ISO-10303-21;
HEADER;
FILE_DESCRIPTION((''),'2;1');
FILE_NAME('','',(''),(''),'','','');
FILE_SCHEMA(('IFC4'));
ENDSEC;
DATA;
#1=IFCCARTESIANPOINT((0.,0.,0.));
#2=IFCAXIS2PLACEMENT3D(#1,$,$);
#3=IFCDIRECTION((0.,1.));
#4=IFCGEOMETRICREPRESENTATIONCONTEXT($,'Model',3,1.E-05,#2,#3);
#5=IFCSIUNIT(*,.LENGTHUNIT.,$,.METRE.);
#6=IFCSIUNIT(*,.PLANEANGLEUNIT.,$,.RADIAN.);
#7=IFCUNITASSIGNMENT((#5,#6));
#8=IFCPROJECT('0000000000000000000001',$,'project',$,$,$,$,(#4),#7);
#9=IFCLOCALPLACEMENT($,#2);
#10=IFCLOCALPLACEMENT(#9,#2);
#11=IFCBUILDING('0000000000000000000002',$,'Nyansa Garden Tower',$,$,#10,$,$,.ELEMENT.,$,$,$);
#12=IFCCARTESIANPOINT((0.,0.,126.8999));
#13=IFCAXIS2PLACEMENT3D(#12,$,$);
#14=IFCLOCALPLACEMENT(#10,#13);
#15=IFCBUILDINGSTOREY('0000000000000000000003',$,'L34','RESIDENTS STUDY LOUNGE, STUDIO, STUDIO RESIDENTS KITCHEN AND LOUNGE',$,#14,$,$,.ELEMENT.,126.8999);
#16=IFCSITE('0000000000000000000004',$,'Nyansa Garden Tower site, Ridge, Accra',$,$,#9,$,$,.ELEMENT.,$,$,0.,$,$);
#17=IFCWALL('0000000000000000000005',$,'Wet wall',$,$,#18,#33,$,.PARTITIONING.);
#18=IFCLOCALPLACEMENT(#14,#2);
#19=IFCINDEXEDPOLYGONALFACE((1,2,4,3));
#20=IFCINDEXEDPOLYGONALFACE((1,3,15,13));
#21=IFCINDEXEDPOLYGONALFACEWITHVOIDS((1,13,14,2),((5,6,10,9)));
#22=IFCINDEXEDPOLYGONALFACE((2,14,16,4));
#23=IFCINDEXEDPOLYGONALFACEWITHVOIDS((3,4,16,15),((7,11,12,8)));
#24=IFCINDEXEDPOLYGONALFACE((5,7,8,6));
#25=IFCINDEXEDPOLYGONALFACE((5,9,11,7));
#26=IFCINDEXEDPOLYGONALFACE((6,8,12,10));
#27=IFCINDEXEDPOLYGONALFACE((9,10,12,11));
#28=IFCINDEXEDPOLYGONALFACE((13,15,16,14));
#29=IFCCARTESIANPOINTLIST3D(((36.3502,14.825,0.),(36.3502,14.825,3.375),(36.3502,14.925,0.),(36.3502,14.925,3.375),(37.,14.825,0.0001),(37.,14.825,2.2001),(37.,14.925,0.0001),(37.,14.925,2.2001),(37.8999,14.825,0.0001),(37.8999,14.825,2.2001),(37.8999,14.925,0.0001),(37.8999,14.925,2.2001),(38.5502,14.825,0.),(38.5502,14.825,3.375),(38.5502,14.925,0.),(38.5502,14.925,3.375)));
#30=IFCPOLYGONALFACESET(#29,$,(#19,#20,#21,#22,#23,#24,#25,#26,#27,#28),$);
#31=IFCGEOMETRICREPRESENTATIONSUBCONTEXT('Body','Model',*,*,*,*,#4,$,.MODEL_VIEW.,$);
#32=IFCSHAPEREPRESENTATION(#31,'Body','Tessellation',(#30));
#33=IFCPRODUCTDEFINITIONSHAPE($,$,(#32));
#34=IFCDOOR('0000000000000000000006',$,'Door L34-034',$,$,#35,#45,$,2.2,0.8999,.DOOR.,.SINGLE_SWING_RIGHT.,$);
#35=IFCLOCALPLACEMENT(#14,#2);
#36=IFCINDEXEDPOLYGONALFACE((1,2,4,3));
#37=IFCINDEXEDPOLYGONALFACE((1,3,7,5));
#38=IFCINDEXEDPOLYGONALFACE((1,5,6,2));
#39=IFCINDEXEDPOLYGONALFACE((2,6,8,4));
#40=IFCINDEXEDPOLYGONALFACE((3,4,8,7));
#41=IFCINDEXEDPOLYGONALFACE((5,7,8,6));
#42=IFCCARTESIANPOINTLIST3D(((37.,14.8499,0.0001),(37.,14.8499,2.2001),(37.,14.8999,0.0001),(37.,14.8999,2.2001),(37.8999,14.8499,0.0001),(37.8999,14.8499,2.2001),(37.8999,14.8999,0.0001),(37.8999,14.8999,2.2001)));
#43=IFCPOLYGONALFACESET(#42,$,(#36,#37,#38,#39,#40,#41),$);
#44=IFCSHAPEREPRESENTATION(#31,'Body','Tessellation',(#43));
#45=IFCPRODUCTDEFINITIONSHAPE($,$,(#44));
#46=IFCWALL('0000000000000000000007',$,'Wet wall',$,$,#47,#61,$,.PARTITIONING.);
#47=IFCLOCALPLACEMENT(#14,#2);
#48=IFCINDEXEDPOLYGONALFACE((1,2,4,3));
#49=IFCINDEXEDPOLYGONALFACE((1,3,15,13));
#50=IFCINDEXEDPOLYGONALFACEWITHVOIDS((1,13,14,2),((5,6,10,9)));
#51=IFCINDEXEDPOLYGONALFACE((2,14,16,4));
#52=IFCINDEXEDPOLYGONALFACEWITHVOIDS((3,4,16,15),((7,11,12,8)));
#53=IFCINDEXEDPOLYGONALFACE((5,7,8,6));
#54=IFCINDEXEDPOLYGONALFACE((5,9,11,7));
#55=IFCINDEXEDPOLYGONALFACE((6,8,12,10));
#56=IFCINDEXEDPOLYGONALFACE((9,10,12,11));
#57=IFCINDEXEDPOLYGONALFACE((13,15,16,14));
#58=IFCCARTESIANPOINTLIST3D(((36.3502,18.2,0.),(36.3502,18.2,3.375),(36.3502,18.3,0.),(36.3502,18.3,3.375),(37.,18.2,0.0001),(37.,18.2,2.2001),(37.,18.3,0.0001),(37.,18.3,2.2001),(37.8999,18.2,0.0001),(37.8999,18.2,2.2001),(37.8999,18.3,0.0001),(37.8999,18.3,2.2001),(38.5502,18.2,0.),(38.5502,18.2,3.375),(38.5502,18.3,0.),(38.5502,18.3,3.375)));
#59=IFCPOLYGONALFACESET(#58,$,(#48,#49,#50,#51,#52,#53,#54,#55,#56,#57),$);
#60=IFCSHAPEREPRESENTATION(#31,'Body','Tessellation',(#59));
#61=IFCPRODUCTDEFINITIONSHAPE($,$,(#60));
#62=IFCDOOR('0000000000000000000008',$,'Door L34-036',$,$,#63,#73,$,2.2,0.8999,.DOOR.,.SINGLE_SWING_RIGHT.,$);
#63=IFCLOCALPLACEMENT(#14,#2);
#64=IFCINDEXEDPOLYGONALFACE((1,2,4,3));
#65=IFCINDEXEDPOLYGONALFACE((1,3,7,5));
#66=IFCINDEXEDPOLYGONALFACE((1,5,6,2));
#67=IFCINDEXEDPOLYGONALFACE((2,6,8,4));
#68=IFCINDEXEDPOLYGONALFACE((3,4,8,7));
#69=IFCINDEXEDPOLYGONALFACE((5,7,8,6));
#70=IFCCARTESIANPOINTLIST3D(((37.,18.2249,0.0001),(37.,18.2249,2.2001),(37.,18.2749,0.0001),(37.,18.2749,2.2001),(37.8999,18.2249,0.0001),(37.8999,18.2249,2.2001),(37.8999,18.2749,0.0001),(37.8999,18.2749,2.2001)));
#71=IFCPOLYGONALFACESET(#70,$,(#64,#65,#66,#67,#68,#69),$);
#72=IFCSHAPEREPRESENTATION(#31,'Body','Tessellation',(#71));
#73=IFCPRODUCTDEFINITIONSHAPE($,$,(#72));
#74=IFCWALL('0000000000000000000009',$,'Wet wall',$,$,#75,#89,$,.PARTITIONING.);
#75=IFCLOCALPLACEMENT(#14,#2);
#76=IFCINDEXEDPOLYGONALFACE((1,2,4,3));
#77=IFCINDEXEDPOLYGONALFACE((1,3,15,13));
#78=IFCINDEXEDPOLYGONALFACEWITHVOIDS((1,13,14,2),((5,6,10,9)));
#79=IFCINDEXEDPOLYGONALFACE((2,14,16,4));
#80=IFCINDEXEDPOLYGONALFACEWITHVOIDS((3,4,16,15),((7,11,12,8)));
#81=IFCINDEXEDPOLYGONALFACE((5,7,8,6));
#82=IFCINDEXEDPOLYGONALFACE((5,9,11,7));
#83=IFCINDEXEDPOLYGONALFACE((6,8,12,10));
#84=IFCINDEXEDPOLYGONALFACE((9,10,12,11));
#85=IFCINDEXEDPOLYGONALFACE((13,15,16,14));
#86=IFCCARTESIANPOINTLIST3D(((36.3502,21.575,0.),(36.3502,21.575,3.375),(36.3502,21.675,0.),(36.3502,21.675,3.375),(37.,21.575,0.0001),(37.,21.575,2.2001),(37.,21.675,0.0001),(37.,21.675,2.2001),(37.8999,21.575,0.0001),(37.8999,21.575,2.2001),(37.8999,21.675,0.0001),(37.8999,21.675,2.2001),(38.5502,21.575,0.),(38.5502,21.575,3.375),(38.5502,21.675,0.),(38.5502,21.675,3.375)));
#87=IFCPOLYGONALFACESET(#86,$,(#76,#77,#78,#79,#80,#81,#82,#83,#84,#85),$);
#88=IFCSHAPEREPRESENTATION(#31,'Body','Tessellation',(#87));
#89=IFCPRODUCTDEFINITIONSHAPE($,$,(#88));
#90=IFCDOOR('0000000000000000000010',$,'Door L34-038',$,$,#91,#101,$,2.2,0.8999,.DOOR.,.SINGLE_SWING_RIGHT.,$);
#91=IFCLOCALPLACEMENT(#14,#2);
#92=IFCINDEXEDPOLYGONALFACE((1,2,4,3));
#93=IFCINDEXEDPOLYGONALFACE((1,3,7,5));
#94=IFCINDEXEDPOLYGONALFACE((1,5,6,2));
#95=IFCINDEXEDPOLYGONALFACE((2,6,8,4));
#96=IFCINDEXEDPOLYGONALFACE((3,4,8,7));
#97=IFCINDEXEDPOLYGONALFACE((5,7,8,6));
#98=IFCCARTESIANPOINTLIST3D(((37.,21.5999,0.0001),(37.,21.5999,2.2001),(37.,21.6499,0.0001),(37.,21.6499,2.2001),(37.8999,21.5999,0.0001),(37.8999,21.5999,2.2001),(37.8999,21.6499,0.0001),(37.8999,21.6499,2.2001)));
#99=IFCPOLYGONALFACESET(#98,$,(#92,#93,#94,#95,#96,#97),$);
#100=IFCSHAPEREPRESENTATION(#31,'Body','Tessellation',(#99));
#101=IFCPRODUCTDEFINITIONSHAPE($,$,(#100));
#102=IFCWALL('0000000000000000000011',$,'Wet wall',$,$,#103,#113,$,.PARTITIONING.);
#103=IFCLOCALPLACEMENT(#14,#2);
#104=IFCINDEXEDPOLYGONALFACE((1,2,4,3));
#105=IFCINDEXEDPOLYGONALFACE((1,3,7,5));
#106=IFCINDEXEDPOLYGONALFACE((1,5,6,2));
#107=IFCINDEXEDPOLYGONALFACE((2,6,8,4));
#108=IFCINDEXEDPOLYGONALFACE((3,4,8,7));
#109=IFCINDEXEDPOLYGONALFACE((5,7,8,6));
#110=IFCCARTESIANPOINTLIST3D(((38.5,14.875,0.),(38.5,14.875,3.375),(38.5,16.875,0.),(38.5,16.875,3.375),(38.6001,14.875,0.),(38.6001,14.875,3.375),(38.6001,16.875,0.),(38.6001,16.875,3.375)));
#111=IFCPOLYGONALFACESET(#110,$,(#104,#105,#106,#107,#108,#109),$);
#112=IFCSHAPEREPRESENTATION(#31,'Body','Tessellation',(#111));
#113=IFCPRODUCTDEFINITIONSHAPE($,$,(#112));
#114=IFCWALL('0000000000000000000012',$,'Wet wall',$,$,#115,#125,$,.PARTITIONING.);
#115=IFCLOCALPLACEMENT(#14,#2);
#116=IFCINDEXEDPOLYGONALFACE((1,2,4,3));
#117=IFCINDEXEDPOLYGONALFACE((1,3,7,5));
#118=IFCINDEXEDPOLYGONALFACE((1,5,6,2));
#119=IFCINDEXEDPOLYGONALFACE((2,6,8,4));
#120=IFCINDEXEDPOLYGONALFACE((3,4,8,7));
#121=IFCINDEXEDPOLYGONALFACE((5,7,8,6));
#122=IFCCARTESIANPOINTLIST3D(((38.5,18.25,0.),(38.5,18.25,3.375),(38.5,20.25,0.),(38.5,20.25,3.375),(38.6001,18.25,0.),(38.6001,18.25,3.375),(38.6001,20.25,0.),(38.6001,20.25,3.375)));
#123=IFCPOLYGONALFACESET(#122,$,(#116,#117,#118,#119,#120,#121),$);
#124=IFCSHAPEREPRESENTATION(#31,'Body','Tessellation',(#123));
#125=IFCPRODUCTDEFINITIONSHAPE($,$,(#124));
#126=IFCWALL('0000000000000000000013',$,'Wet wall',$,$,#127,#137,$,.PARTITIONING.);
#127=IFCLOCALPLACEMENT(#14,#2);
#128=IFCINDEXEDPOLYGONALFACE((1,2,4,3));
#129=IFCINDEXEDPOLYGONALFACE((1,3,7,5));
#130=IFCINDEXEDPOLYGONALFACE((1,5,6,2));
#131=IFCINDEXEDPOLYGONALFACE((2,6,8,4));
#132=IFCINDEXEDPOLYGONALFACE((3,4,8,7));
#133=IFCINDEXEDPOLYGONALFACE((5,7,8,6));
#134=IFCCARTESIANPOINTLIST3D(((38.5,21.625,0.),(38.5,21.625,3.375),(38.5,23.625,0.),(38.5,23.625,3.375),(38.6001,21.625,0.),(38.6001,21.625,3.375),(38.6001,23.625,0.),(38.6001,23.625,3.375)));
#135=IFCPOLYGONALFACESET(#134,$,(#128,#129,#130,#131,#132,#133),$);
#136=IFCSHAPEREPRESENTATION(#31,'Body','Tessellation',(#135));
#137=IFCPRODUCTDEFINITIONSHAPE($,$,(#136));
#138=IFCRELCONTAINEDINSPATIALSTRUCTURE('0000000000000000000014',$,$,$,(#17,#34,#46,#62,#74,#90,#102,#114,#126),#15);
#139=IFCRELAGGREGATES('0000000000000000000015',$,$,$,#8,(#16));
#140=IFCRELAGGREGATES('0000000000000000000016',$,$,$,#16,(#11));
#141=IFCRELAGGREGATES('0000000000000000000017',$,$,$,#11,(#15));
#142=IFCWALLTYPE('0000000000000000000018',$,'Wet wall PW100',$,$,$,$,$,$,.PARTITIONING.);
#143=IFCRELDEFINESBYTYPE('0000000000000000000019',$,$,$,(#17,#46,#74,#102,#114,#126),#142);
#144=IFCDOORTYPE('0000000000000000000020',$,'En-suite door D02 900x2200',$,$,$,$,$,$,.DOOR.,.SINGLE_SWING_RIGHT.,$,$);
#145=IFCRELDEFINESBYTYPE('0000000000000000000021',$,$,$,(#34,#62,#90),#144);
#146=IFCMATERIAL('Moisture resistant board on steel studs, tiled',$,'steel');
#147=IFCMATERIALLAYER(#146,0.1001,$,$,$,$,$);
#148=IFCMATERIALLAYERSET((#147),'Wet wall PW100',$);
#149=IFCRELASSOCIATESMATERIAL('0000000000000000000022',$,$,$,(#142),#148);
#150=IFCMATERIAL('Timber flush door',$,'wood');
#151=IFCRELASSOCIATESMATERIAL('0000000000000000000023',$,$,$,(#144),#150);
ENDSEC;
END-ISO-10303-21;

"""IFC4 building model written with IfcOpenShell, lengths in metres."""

from ifc_helpers import new_model, si_unit, direction, frame, frame_2d, origin, place, context, subcontext, project, spatial, rectangle, extrude, material, layer, layer_set, type_object, element, fill, save


model = new_model("IFC4")

# Units and contexts
model_context = context("Model", 3, precision=1e-05, world=origin(), true_north=direction((0.0, 1.0)))
body_context = subcontext(model_context, "Body", "Model", "MODEL_VIEW")
ifc_project = project(units=[si_unit("LENGTHUNIT", "METRE"), si_unit("PLANEANGLEUNIT", "RADIAN")], contexts=[model_context])

# Site, building, storey
site_placement = place(None, origin())
site = spatial("IfcSite", under=ifc_project, at=site_placement, Name="Nyansa Garden Tower site, Ridge, Accra", CompositionType="ELEMENT", RefElevation=0.0)
building_placement = place(site_placement, origin())
building = spatial("IfcBuilding", under=site, at=building_placement, Name="Nyansa Garden Tower", CompositionType="ELEMENT")
storey_placement = place(building_placement, frame((0.0, 0.0, 126.8999)))
storey = spatial("IfcBuildingStorey", under=building, at=storey_placement, Name="L34", Description="RESIDENTS STUDY LOUNGE, STUDIO, STUDIO RESIDENTS KITCHEN AND LOUNGE", CompositionType="ELEMENT", Elevation=126.8999)

# Walls, openings, doors
ifc_material_1 = material(Name="Moisture resistant board on steel studs, tiled", Category="steel")
ifc_layer_1 = layer(ifc_material_1, 0.1001)
ifc_layer_set_1 = layer_set([ifc_layer_1], Name="Wet wall PW100")
wall_type_1 = type_object("IfcWallType", Name="Wet wall PW100", PredefinedType="PARTITIONING", material=ifc_layer_set_1)
wall_1_placement = place(storey_placement, frame((36.3501, 14.875, 0.0), z_axis=(0.0, 0.0, 1.0), x_axis=(1.0, 0.0, 0.0)))
wall_1 = element("IfcWall", 1, at=wall_1_placement, inside=storey, type_object=wall_type_1, Name="Wet wall", PredefinedType="PARTITIONING", context=body_context, shape_type="SweptSolid", body=[
    extrude(rectangle(XDim=2.2, YDim=0.1001, at=frame_2d((1.1001, 0.0))), origin(), (0.0, 0.0, 1.0), 3.375),
])
opening_1_placement = place(wall_1_placement, frame((0.6499, 0.0, 0.0)))
opening_1 = element("IfcOpeningElement", 2, at=opening_1_placement, cuts=wall_1, PredefinedType="OPENING", context=body_context, shape_type="SweptSolid", body=[
    extrude(rectangle(XDim=0.8999, YDim=2.2, at=frame_2d((0.45, 1.1001))), frame((0.0, 0.0601, 0.0), z_axis=(0.0, -1.0, 0.0), x_axis=(1.0, 0.0, 0.0)), (0.0, 0.0, 1.0), 0.1201),
])
ifc_material_2 = material(Name="Timber flush door", Category="wood")
door_type = type_object("IfcDoorType", Name="En-suite door D02 900x2200", OperationType="SINGLE_SWING_RIGHT", PredefinedType="DOOR", material=ifc_material_2)
door_1_placement = place(opening_1_placement, origin())
door_1 = element("IfcDoor", 3, at=door_1_placement, inside=storey, type_object=door_type, Name="Door L34-034", OperationType="SINGLE_SWING_RIGHT", OverallHeight=2.2, OverallWidth=0.8999, PredefinedType="DOOR", context=body_context, shape_type="SweptSolid", body=[
    extrude(rectangle(XDim=0.8999, YDim=2.2, at=frame_2d((0.45, 1.1001))), frame((0.0, 0.0249, 0.0), z_axis=(0.0, -1.0, 0.0), x_axis=(1.0, 0.0, 0.0)), (0.0, 0.0, 1.0), 0.05),
])
fill(opening_1, door_1)
wall_2_placement = place(storey_placement, frame((36.3501, 18.25, 0.0), z_axis=(0.0, 0.0, 1.0), x_axis=(1.0, 0.0, 0.0)))
wall_2 = element("IfcWall", 4, at=wall_2_placement, inside=storey, type_object=wall_type_1, Name="Wet wall", PredefinedType="PARTITIONING", context=body_context, shape_type="SweptSolid", body=[
    extrude(rectangle(XDim=2.2, YDim=0.1001, at=frame_2d((1.1001, 0.0))), origin(), (0.0, 0.0, 1.0), 3.375),
])
opening_2_placement = place(wall_2_placement, frame((0.6499, 0.0, 0.0)))
opening_2 = element("IfcOpeningElement", 5, at=opening_2_placement, cuts=wall_2, PredefinedType="OPENING", context=body_context, shape_type="SweptSolid", body=[
    extrude(rectangle(XDim=0.8999, YDim=2.2, at=frame_2d((0.45, 1.1001))), frame((0.0, 0.0601, 0.0), z_axis=(0.0, -1.0, 0.0), x_axis=(1.0, 0.0, 0.0)), (0.0, 0.0, 1.0), 0.1201),
])
door_2_placement = place(opening_2_placement, origin())
door_2 = element("IfcDoor", 6, at=door_2_placement, inside=storey, type_object=door_type, Name="Door L34-036", OperationType="SINGLE_SWING_RIGHT", OverallHeight=2.2, OverallWidth=0.8999, PredefinedType="DOOR", context=body_context, shape_type="SweptSolid", body=[
    extrude(rectangle(XDim=0.8999, YDim=2.2, at=frame_2d((0.45, 1.1001))), frame((0.0, 0.0249, 0.0), z_axis=(0.0, -1.0, 0.0), x_axis=(1.0, 0.0, 0.0)), (0.0, 0.0, 1.0), 0.05),
])
fill(opening_2, door_2)
wall_3_placement = place(storey_placement, frame((36.3501, 21.625, 0.0), z_axis=(0.0, 0.0, 1.0), x_axis=(1.0, 0.0, 0.0)))
wall_3 = element("IfcWall", 7, at=wall_3_placement, inside=storey, type_object=wall_type_1, Name="Wet wall", PredefinedType="PARTITIONING", context=body_context, shape_type="SweptSolid", body=[
    extrude(rectangle(XDim=2.2, YDim=0.1001, at=frame_2d((1.1001, 0.0))), origin(), (0.0, 0.0, 1.0), 3.375),
])
opening_3_placement = place(wall_3_placement, frame((0.6499, 0.0, 0.0)))
opening_3 = element("IfcOpeningElement", 8, at=opening_3_placement, cuts=wall_3, PredefinedType="OPENING", context=body_context, shape_type="SweptSolid", body=[
    extrude(rectangle(XDim=0.8999, YDim=2.2, at=frame_2d((0.45, 1.1001))), frame((0.0, 0.0601, 0.0), z_axis=(0.0, -1.0, 0.0), x_axis=(1.0, 0.0, 0.0)), (0.0, 0.0, 1.0), 0.1201),
])
door_3_placement = place(opening_3_placement, origin())
door_3 = element("IfcDoor", 9, at=door_3_placement, inside=storey, type_object=door_type, Name="Door L34-038", OperationType="SINGLE_SWING_RIGHT", OverallHeight=2.2, OverallWidth=0.8999, PredefinedType="DOOR", context=body_context, shape_type="SweptSolid", body=[
    extrude(rectangle(XDim=0.8999, YDim=2.2, at=frame_2d((0.45, 1.1001))), frame((0.0, 0.0249, 0.0), z_axis=(0.0, -1.0, 0.0), x_axis=(1.0, 0.0, 0.0)), (0.0, 0.0, 1.0), 0.05),
])
fill(opening_3, door_3)

# Walls
for number, where, z_axis, x_axis, name in (
    (10, (38.55, 14.875, 0.0), (0.0, 0.0, 1.0), (0.0, 1.0, 0.0), "Wet wall"),
    (11, (38.55, 18.25, 0.0), (0.0, 0.0, 1.0), (0.0, 1.0, 0.0), "Wet wall"),
    (12, (38.55, 21.625, 0.0), (0.0, 0.0, 1.0), (0.0, 1.0, 0.0), "Wet wall"),
):
    element("IfcWall", number, at=place(storey_placement, frame(where, z_axis=z_axis, x_axis=x_axis)), inside=storey, type_object=wall_type_1, Name=name, PredefinedType="PARTITIONING", context=body_context, shape_type="SweptSolid", body=[
        extrude(rectangle(XDim=2.0, YDim=0.1001, at=frame_2d((1.0, 0.0))), origin(), (0.0, 0.0, 1.0), 3.375),
    ])

save(model, "model.ifc")
